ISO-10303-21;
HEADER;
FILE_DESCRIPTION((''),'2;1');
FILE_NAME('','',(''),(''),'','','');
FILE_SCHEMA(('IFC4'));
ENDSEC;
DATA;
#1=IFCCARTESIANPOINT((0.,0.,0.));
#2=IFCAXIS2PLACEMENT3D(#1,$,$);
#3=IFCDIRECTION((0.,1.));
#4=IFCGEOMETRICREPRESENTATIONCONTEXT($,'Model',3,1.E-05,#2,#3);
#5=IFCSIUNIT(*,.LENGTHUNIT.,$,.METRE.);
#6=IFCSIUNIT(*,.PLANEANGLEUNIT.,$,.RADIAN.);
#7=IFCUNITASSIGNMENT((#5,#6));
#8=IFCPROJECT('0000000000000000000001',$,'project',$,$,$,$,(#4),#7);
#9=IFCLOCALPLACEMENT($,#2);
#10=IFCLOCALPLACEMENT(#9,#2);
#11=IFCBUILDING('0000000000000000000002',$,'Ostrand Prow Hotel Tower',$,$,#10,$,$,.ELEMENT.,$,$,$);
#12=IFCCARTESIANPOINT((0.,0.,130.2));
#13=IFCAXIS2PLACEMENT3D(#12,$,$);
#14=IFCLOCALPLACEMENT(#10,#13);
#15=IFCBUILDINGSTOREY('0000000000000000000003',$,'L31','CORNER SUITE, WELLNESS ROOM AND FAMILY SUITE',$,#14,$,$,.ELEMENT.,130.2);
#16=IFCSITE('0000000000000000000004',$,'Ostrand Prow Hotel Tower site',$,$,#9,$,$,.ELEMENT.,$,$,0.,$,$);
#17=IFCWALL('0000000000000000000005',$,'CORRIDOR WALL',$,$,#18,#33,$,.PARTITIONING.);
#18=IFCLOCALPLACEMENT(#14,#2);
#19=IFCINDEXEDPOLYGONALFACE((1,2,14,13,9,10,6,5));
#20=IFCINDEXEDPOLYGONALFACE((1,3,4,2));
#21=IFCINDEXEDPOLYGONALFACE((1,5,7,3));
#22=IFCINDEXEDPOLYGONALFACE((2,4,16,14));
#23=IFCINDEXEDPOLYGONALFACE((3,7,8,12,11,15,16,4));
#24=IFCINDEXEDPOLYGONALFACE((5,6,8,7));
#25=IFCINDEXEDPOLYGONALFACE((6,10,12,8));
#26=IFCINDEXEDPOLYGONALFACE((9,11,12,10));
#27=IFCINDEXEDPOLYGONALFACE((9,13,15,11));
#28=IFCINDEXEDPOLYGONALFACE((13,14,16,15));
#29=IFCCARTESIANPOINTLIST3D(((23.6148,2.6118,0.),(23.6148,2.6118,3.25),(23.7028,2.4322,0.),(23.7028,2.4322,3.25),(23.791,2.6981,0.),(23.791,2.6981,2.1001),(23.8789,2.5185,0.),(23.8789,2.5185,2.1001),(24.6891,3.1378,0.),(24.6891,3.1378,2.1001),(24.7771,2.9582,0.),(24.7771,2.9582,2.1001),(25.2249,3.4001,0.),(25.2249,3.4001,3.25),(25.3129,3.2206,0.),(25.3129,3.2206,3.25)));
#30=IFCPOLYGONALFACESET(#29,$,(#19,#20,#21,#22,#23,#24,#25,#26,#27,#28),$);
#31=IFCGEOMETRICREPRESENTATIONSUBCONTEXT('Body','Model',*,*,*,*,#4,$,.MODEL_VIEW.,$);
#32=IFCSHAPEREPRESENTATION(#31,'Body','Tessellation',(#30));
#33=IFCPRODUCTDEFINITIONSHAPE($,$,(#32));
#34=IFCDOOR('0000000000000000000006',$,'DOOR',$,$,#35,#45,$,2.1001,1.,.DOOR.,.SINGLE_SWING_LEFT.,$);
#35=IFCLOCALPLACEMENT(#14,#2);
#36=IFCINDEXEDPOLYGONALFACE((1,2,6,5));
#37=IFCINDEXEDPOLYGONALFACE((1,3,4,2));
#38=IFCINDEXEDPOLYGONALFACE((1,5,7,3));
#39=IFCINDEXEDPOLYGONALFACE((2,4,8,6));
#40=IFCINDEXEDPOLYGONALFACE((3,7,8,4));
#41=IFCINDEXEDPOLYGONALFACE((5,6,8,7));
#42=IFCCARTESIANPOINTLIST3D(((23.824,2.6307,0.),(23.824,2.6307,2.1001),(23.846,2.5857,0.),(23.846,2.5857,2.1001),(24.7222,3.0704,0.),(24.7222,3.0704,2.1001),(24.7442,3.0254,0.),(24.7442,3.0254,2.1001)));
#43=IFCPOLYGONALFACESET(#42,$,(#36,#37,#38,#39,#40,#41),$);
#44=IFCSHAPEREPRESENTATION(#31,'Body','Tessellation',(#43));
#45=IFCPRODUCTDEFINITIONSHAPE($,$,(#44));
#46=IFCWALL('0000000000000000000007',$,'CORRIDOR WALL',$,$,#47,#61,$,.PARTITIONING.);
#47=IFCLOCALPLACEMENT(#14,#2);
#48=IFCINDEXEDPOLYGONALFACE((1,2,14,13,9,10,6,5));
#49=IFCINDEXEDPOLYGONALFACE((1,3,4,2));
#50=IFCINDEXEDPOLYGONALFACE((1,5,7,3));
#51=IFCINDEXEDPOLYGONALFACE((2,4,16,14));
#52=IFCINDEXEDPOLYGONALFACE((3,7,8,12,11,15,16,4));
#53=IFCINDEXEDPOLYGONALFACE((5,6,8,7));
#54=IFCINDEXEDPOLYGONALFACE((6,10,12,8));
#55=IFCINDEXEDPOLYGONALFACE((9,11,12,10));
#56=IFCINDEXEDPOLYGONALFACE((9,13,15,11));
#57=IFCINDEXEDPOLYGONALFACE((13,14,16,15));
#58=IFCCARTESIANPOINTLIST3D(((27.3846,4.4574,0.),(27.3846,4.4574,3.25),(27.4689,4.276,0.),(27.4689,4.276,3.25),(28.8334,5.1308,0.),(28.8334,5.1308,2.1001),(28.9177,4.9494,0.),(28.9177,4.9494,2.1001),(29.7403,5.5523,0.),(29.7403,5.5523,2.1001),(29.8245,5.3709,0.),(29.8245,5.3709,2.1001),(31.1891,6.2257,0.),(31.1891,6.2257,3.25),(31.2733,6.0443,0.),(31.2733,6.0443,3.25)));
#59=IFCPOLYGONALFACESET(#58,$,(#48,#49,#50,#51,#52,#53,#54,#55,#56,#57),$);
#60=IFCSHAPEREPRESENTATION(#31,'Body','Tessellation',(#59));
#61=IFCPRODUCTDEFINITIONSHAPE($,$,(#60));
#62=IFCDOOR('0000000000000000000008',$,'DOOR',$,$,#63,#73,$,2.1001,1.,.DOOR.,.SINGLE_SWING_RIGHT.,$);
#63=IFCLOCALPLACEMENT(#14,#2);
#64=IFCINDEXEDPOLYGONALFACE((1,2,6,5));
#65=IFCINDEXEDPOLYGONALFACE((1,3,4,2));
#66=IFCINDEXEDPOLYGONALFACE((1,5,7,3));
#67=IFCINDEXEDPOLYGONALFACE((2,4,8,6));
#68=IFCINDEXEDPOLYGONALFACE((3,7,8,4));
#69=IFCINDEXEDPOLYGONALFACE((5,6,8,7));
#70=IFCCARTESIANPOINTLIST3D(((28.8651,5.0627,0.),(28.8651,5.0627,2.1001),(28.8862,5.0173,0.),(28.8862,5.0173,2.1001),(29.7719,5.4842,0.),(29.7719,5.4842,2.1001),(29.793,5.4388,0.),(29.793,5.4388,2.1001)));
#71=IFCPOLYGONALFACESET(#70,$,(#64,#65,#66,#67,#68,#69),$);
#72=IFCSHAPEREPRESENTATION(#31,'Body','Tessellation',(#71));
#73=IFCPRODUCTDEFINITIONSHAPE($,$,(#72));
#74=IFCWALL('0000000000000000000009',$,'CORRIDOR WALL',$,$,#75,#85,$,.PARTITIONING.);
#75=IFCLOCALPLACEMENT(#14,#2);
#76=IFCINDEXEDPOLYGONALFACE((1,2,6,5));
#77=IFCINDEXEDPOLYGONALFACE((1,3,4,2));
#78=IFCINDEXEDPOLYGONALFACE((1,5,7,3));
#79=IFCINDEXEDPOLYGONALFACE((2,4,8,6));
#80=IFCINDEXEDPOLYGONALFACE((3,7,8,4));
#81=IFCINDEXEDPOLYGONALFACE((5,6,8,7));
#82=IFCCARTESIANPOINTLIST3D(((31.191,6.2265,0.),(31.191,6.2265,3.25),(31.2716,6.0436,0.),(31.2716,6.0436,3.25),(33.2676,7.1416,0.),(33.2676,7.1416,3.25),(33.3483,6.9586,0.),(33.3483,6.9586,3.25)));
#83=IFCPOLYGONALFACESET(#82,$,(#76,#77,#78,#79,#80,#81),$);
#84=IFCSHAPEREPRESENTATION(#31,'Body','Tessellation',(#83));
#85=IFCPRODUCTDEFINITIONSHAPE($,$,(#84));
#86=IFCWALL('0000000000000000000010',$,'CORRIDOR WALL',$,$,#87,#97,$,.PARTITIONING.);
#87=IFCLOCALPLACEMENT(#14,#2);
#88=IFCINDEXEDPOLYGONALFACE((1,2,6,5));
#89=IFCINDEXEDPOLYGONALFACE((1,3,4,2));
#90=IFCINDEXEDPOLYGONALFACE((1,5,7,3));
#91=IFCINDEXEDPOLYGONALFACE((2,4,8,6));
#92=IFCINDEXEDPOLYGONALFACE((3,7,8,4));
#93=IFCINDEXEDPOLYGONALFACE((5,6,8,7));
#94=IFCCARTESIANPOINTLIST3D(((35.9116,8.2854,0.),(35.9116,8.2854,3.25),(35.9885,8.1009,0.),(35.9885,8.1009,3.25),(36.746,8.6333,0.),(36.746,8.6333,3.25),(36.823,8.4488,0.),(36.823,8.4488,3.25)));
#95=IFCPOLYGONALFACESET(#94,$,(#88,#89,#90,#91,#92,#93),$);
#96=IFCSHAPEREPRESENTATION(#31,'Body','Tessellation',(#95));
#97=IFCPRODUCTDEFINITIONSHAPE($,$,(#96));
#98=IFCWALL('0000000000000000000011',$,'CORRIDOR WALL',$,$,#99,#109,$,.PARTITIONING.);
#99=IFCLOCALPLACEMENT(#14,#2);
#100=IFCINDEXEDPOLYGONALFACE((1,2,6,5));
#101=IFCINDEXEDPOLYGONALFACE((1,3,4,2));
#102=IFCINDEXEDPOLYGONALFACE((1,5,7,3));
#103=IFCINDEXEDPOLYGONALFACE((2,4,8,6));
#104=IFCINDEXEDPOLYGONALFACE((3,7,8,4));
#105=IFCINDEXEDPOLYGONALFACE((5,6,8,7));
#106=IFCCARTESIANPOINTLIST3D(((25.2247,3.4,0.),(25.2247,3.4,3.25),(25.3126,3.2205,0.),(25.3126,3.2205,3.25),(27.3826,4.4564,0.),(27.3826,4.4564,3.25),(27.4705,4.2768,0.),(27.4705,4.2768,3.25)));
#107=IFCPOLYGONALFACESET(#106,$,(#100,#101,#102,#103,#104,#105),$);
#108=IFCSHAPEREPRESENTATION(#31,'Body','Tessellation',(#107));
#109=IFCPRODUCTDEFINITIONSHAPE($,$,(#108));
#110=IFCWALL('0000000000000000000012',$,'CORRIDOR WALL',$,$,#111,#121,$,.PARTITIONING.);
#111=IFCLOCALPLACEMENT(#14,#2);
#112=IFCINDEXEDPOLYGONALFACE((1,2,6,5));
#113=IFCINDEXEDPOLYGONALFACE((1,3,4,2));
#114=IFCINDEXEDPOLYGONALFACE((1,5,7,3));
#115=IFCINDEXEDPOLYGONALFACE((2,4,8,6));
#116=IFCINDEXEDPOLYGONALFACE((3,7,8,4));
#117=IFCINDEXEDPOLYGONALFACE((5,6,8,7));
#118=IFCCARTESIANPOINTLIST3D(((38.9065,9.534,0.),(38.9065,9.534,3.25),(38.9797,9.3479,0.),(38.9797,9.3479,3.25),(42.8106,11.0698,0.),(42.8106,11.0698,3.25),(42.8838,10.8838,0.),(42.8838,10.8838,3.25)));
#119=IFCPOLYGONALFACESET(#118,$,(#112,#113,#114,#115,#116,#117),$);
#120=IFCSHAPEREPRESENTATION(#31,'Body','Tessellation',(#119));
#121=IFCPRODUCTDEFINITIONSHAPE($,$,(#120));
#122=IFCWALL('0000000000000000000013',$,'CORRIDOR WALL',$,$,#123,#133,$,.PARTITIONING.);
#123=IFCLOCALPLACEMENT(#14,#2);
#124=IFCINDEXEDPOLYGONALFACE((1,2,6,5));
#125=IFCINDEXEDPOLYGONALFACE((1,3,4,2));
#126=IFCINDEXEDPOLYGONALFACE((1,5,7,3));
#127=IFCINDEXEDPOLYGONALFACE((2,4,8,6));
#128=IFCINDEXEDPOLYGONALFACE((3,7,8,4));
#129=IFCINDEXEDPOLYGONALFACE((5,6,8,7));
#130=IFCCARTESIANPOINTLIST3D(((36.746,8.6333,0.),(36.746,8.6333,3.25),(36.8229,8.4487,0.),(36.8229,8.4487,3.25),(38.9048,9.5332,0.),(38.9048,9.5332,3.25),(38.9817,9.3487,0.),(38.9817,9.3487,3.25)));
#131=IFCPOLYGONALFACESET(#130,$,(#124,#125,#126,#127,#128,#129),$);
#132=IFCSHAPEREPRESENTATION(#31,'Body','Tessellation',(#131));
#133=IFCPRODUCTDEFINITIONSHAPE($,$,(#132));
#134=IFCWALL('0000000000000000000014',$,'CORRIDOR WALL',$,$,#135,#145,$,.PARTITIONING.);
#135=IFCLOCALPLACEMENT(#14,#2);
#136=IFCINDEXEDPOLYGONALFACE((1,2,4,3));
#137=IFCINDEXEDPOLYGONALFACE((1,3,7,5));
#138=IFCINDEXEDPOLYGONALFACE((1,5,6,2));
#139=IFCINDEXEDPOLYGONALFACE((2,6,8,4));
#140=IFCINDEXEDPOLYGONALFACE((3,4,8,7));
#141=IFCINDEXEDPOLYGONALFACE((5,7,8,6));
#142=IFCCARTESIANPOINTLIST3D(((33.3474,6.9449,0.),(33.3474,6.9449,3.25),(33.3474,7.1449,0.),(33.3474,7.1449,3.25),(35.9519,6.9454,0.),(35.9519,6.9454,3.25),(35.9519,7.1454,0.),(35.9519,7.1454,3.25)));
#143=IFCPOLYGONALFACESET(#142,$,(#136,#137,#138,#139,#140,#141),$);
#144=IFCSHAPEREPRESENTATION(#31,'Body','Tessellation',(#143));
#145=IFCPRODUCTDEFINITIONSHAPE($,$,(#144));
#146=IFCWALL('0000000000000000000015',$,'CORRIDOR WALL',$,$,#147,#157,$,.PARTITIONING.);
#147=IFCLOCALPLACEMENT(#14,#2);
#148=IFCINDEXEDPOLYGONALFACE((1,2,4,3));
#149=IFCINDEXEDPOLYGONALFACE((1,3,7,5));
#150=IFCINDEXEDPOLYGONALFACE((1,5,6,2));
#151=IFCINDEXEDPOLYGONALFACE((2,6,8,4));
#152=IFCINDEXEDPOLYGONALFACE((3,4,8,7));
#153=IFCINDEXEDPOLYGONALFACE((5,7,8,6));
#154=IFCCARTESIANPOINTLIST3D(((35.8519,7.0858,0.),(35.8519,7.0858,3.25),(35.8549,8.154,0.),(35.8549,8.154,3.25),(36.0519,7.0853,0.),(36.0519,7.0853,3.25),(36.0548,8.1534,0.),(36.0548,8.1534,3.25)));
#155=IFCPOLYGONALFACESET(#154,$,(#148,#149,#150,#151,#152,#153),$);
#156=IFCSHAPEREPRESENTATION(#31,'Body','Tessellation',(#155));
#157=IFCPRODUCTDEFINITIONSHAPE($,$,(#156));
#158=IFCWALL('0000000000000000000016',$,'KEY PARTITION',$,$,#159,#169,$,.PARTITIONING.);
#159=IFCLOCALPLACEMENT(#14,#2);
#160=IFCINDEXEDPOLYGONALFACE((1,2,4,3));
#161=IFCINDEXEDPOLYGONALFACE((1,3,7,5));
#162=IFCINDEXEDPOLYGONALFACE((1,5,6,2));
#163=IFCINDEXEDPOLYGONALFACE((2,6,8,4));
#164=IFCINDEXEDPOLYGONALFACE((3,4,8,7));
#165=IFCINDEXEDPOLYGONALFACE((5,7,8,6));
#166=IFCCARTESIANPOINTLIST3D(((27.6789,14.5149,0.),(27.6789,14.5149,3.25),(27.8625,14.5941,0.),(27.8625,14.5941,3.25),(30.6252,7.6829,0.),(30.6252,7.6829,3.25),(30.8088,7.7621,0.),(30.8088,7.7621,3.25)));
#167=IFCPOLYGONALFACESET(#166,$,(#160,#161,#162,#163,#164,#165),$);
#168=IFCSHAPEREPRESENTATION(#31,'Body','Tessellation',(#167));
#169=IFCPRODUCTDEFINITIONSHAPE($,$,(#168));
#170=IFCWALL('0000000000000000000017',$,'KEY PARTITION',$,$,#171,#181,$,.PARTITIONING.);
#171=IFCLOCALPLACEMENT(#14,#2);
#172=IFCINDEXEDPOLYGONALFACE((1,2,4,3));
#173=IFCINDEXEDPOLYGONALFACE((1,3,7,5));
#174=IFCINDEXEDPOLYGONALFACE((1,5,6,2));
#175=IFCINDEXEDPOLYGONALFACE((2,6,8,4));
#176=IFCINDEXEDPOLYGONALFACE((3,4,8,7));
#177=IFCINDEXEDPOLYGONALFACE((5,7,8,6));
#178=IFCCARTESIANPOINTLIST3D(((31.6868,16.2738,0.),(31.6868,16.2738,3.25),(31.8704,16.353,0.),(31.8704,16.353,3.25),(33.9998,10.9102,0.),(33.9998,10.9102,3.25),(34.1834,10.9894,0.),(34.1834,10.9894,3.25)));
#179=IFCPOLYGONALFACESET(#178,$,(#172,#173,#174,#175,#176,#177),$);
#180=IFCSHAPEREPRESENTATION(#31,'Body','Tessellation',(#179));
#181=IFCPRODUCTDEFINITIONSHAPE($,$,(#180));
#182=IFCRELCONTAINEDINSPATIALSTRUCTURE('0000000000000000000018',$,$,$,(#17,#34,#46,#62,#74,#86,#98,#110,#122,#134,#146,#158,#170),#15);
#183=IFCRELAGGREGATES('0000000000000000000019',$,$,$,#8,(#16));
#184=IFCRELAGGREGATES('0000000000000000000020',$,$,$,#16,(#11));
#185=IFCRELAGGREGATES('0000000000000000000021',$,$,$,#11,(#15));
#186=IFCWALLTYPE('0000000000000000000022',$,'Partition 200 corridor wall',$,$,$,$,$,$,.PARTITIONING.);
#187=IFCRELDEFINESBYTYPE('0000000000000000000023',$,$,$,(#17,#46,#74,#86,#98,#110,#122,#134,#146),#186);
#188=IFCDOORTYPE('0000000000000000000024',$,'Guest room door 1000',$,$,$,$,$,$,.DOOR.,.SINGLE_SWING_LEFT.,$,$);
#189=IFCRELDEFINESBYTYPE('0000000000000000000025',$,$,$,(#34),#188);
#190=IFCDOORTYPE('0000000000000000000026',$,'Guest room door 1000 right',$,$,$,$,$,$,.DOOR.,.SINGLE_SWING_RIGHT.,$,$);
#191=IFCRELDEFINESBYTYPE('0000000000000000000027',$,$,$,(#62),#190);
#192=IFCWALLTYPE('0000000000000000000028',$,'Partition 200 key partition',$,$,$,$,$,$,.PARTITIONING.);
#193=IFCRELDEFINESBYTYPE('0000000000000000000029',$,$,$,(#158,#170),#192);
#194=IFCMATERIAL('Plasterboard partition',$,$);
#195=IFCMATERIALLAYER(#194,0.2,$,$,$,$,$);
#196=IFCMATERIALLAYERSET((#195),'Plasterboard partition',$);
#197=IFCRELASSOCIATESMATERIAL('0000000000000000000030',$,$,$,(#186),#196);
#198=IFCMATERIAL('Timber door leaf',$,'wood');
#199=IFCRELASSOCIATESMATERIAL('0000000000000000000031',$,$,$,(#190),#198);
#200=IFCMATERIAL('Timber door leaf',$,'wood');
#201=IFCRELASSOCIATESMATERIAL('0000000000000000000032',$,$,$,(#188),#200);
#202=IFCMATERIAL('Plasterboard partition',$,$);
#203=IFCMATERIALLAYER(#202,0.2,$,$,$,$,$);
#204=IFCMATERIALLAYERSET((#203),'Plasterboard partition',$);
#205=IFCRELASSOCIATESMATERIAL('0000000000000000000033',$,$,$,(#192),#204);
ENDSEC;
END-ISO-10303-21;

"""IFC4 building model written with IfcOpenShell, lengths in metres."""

from ifc_helpers import new_model, si_unit, direction, frame, frame_2d, origin, place, context, subcontext, project, spatial, rectangle, extrude, material, layer, layer_set, type_object, element, fill, save


model = new_model("IFC4")

# Units and contexts
model_context = context("Model", 3, precision=1e-05, world=origin(), true_north=direction((0.0, 1.0)))
body_context = subcontext(model_context, "Body", "Model", "MODEL_VIEW")
ifc_project = project(units=[si_unit("LENGTHUNIT", "METRE"), si_unit("PLANEANGLEUNIT", "RADIAN")], contexts=[model_context])

# Site, building, storey
site_placement = place(None, origin())
site = spatial("IfcSite", under=ifc_project, at=site_placement, Name="Ostrand Prow Hotel Tower site", CompositionType="ELEMENT", RefElevation=0.0)
building_placement = place(site_placement, origin())
building = spatial("IfcBuilding", under=site, at=building_placement, Name="Ostrand Prow Hotel Tower", CompositionType="ELEMENT")
storey_placement = place(building_placement, frame((0.0, 0.0, 130.2)))
storey = spatial("IfcBuildingStorey", under=building, at=storey_placement, Name="L31", Description="CORNER SUITE, WELLNESS ROOM AND FAMILY SUITE", CompositionType="ELEMENT", Elevation=130.2)

# Walls, openings, doors
ifc_material_1 = material(Name="Plasterboard partition")
ifc_layer_1 = layer(ifc_material_1, 0.2)
ifc_layer_set_1 = layer_set([ifc_layer_1], Name="Plasterboard partition")
wall_type_1 = type_object("IfcWallType", Name="Partition 200 corridor wall", PredefinedType="PARTITIONING", material=ifc_layer_set_1)
ifc_material_2 = material(Name="Timber door leaf", Category="wood")
door_type_1 = type_object("IfcDoorType", Name="Guest room door 1000 right", OperationType="SINGLE_SWING_RIGHT", PredefinedType="DOOR", material=ifc_material_2)
wall_1_placement = place(storey_placement, frame((23.6587, 2.522, 0.0), z_axis=(0.0, 0.0, 1.0), x_axis=(0.898127, 0.439735, 0.0)))
wall_1 = element("IfcWall", 1, at=wall_1_placement, inside=storey, type_object=wall_type_1, Name="CORRIDOR WALL", PredefinedType="PARTITIONING", context=body_context, shape_type="SweptSolid", body=[
    extrude(rectangle(XDim=1.7927, YDim=0.2, at=frame_2d((0.8965, 0.0))), origin(), (0.0, 0.0, 1.0), 3.25),
])
opening_1_placement = place(wall_1_placement, frame((0.1963, 0.0, 0.0)))
opening_1 = element("IfcOpeningElement", 2, at=opening_1_placement, cuts=wall_1, PredefinedType="OPENING", context=body_context, shape_type="SweptSolid", body=[
    extrude(rectangle(XDim=1.0, YDim=2.1001, at=frame_2d((0.5, 1.05))), frame((0.0, 0.1099, 0.0), z_axis=(0.0, -1.0, 0.0), x_axis=(1.0, 0.0, 0.0)), (0.0, 0.0, 1.0), 0.22),
])
ifc_material_3 = material(Name="Timber door leaf", Category="wood")
door_type_2 = type_object("IfcDoorType", Name="Guest room door 1000", OperationType="SINGLE_SWING_LEFT", PredefinedType="DOOR", material=ifc_material_3)
door_1_placement = place(opening_1_placement, origin())
door_1 = element("IfcDoor", 3, at=door_1_placement, inside=storey, type_object=door_type_2, Name="DOOR", OperationType="SINGLE_SWING_LEFT", OverallHeight=2.1001, OverallWidth=1.0, PredefinedType="DOOR", context=body_context, shape_type="SweptSolid", body=[
    extrude(rectangle(XDim=1.0, YDim=2.1001, at=frame_2d((0.5, 1.05))), frame((0.0, 0.0249, 0.0), z_axis=(0.0, -1.0, 0.0), x_axis=(1.0, 0.0, 0.0)), (0.0, 0.0, 1.0), 0.05),
])
fill(opening_1, door_1)
wall_2_placement = place(storey_placement, frame((27.4268, 4.3667, 0.0), z_axis=(0.0, 0.0, 1.0), x_axis=(0.90683, 0.421496, 0.0)))
wall_2 = element("IfcWall", 4, at=wall_2_placement, inside=storey, type_object=wall_type_1, Name="CORRIDOR WALL", PredefinedType="PARTITIONING", context=body_context, shape_type="SweptSolid", body=[
    extrude(rectangle(XDim=4.1953, YDim=0.2, at=frame_2d((2.0977, 0.0))), origin(), (0.0, 0.0, 1.0), 3.25),
])
opening_2_placement = place(wall_2_placement, frame((1.5977, 0.0, 0.0)))
opening_2 = element("IfcOpeningElement", 5, at=opening_2_placement, cuts=wall_2, PredefinedType="OPENING", context=body_context, shape_type="SweptSolid", body=[
    extrude(rectangle(XDim=1.0, YDim=2.1001, at=frame_2d((0.5, 1.05))), frame((0.0, 0.1099, 0.0), z_axis=(0.0, -1.0, 0.0), x_axis=(1.0, 0.0, 0.0)), (0.0, 0.0, 1.0), 0.22),
])
door_2_placement = place(opening_2_placement, origin())
door_2 = element("IfcDoor", 6, at=door_2_placement, inside=storey, type_object=door_type_1, Name="DOOR", OperationType="SINGLE_SWING_RIGHT", OverallHeight=2.1001, OverallWidth=1.0, PredefinedType="DOOR", context=body_context, shape_type="SweptSolid", body=[
    extrude(rectangle(XDim=1.0, YDim=2.1001, at=frame_2d((0.5, 1.05))), frame((0.0, 0.0249, 0.0), z_axis=(0.0, -1.0, 0.0), x_axis=(1.0, 0.0, 0.0)), (0.0, 0.0, 1.0), 0.05),
])
fill(opening_2, door_2)

# Walls
wall_3_placement = place(storey_placement, frame((31.2312, 6.135, 0.0), z_axis=(0.0, 0.0, 1.0), x_axis=(0.915102, 0.403222, 0.0)))
element("IfcWall", 7, at=wall_3_placement, inside=storey, type_object=wall_type_1, Name="CORRIDOR WALL", PredefinedType="PARTITIONING", context=body_context, shape_type="SweptSolid", body=[
    extrude(rectangle(XDim=2.2693, YDim=0.2, at=frame_2d((1.1348, 0.0))), origin(), (0.0, 0.0, 1.0), 3.25),
])
wall_4_placement = place(storey_placement, frame((35.95, 8.1931, 0.0), z_axis=(0.0, 0.0, 1.0), x_axis=(0.922997, 0.384807, 0.0)))
element("IfcWall", 8, at=wall_4_placement, inside=storey, type_object=wall_type_1, Name="CORRIDOR WALL", PredefinedType="PARTITIONING", context=body_context, shape_type="SweptSolid", body=[
    extrude(rectangle(XDim=0.9041, YDim=0.2, at=frame_2d((0.4521, 0.0))), origin(), (0.0, 0.0, 1.0), 3.25),
])
wall_5_placement = place(storey_placement, frame((25.2688, 3.3103, 0.0), z_axis=(0.0, 0.0, 1.0), x_axis=(0.898155, 0.439678, 0.0)))
element("IfcWall", 9, at=wall_5_placement, inside=storey, type_object=wall_type_1, Name="CORRIDOR WALL", PredefinedType="PARTITIONING", context=body_context, shape_type="SweptSolid", body=[
    extrude(rectangle(XDim=2.4026, YDim=0.2, at=frame_2d((1.2012, 0.0))), origin(), (0.0, 0.0, 1.0), 3.25),
])
wall_6_placement = place(storey_placement, frame((38.9431, 9.4409, 0.0), z_axis=(0.0, 0.0, 1.0), x_axis=(0.930577, 0.366097, 0.0)))
element("IfcWall", 10, at=wall_6_placement, inside=storey, type_object=wall_type_1, Name="CORRIDOR WALL", PredefinedType="PARTITIONING", context=body_context, shape_type="SweptSolid", body=[
    extrude(rectangle(XDim=4.1953, YDim=0.2, at=frame_2d((2.0977, 0.0))), origin(), (0.0, 0.0, 1.0), 3.25),
])
wall_7_placement = place(storey_placement, frame((36.7844, 8.541, 0.0), z_axis=(0.0, 0.0, 1.0), x_axis=(0.923009, 0.384778, 0.0)))
element("IfcWall", 11, at=wall_7_placement, inside=storey, type_object=wall_type_1, Name="CORRIDOR WALL", PredefinedType="PARTITIONING", context=body_context, shape_type="SweptSolid", body=[
    extrude(rectangle(XDim=2.3389, YDim=0.2, at=frame_2d((1.1694, 0.0))), origin(), (0.0, 0.0, 1.0), 3.25),
])
wall_8_placement = place(storey_placement, frame((33.3474, 7.0449, 0.0), z_axis=(0.0, 0.0, 1.0), x_axis=(1.0, 0.000187, 0.0)))
element("IfcWall", 12, at=wall_8_placement, inside=storey, type_object=wall_type_1, Name="CORRIDOR WALL", PredefinedType="PARTITIONING", context=body_context, shape_type="SweptSolid", body=[
    extrude(rectangle(XDim=2.6045, YDim=0.2, at=frame_2d((1.3022, 0.0))), origin(), (0.0, 0.0, 1.0), 3.25),
])
wall_9_placement = place(storey_placement, frame((35.9519, 7.0854, 0.0), z_axis=(0.0, 0.0, 1.0), x_axis=(0.002743, 0.999996, 0.0)))
element("IfcWall", 13, at=wall_9_placement, inside=storey, type_object=wall_type_1, Name="CORRIDOR WALL", PredefinedType="PARTITIONING", context=body_context, shape_type="SweptSolid", body=[
    extrude(rectangle(XDim=1.0681, YDim=0.2, at=frame_2d((0.5342, 0.0))), origin(), (0.0, 0.0, 1.0), 3.25),
])
ifc_material_4 = material(Name="Plasterboard partition")
ifc_layer_2 = layer(ifc_material_4, 0.2)
ifc_layer_set_2 = layer_set([ifc_layer_2], Name="Plasterboard partition")
wall_type_2 = type_object("IfcWallType", Name="Partition 200 key partition", PredefinedType="PARTITIONING", material=ifc_layer_set_2)
wall_10_placement = place(storey_placement, frame((30.717, 7.7224, 0.0), z_axis=(0.0, 0.0, 1.0), x_axis=(-0.395993, 0.918253, 0.0)))
element("IfcWall", 14, at=wall_10_placement, inside=storey, type_object=wall_type_2, Name="KEY PARTITION", PredefinedType="PARTITIONING", context=body_context, shape_type="SweptSolid", body=[
    extrude(rectangle(XDim=7.4402, YDim=0.2, at=frame_2d((3.7202, 0.0))), origin(), (0.0, 0.0, 1.0), 3.25),
])
wall_11_placement = place(storey_placement, frame((34.0916, 10.95, 0.0), z_axis=(0.0, 0.0, 1.0), x_axis=(-0.395992, 0.918254, 0.0)))
element("IfcWall", 15, at=wall_11_placement, inside=storey, type_object=wall_type_2, Name="KEY PARTITION", PredefinedType="PARTITIONING", context=body_context, shape_type="SweptSolid", body=[
    extrude(rectangle(XDim=5.8411, YDim=0.2, at=frame_2d((2.9204, 0.0))), origin(), (0.0, 0.0, 1.0), 3.25),
])

save(model, "model.ifc")
